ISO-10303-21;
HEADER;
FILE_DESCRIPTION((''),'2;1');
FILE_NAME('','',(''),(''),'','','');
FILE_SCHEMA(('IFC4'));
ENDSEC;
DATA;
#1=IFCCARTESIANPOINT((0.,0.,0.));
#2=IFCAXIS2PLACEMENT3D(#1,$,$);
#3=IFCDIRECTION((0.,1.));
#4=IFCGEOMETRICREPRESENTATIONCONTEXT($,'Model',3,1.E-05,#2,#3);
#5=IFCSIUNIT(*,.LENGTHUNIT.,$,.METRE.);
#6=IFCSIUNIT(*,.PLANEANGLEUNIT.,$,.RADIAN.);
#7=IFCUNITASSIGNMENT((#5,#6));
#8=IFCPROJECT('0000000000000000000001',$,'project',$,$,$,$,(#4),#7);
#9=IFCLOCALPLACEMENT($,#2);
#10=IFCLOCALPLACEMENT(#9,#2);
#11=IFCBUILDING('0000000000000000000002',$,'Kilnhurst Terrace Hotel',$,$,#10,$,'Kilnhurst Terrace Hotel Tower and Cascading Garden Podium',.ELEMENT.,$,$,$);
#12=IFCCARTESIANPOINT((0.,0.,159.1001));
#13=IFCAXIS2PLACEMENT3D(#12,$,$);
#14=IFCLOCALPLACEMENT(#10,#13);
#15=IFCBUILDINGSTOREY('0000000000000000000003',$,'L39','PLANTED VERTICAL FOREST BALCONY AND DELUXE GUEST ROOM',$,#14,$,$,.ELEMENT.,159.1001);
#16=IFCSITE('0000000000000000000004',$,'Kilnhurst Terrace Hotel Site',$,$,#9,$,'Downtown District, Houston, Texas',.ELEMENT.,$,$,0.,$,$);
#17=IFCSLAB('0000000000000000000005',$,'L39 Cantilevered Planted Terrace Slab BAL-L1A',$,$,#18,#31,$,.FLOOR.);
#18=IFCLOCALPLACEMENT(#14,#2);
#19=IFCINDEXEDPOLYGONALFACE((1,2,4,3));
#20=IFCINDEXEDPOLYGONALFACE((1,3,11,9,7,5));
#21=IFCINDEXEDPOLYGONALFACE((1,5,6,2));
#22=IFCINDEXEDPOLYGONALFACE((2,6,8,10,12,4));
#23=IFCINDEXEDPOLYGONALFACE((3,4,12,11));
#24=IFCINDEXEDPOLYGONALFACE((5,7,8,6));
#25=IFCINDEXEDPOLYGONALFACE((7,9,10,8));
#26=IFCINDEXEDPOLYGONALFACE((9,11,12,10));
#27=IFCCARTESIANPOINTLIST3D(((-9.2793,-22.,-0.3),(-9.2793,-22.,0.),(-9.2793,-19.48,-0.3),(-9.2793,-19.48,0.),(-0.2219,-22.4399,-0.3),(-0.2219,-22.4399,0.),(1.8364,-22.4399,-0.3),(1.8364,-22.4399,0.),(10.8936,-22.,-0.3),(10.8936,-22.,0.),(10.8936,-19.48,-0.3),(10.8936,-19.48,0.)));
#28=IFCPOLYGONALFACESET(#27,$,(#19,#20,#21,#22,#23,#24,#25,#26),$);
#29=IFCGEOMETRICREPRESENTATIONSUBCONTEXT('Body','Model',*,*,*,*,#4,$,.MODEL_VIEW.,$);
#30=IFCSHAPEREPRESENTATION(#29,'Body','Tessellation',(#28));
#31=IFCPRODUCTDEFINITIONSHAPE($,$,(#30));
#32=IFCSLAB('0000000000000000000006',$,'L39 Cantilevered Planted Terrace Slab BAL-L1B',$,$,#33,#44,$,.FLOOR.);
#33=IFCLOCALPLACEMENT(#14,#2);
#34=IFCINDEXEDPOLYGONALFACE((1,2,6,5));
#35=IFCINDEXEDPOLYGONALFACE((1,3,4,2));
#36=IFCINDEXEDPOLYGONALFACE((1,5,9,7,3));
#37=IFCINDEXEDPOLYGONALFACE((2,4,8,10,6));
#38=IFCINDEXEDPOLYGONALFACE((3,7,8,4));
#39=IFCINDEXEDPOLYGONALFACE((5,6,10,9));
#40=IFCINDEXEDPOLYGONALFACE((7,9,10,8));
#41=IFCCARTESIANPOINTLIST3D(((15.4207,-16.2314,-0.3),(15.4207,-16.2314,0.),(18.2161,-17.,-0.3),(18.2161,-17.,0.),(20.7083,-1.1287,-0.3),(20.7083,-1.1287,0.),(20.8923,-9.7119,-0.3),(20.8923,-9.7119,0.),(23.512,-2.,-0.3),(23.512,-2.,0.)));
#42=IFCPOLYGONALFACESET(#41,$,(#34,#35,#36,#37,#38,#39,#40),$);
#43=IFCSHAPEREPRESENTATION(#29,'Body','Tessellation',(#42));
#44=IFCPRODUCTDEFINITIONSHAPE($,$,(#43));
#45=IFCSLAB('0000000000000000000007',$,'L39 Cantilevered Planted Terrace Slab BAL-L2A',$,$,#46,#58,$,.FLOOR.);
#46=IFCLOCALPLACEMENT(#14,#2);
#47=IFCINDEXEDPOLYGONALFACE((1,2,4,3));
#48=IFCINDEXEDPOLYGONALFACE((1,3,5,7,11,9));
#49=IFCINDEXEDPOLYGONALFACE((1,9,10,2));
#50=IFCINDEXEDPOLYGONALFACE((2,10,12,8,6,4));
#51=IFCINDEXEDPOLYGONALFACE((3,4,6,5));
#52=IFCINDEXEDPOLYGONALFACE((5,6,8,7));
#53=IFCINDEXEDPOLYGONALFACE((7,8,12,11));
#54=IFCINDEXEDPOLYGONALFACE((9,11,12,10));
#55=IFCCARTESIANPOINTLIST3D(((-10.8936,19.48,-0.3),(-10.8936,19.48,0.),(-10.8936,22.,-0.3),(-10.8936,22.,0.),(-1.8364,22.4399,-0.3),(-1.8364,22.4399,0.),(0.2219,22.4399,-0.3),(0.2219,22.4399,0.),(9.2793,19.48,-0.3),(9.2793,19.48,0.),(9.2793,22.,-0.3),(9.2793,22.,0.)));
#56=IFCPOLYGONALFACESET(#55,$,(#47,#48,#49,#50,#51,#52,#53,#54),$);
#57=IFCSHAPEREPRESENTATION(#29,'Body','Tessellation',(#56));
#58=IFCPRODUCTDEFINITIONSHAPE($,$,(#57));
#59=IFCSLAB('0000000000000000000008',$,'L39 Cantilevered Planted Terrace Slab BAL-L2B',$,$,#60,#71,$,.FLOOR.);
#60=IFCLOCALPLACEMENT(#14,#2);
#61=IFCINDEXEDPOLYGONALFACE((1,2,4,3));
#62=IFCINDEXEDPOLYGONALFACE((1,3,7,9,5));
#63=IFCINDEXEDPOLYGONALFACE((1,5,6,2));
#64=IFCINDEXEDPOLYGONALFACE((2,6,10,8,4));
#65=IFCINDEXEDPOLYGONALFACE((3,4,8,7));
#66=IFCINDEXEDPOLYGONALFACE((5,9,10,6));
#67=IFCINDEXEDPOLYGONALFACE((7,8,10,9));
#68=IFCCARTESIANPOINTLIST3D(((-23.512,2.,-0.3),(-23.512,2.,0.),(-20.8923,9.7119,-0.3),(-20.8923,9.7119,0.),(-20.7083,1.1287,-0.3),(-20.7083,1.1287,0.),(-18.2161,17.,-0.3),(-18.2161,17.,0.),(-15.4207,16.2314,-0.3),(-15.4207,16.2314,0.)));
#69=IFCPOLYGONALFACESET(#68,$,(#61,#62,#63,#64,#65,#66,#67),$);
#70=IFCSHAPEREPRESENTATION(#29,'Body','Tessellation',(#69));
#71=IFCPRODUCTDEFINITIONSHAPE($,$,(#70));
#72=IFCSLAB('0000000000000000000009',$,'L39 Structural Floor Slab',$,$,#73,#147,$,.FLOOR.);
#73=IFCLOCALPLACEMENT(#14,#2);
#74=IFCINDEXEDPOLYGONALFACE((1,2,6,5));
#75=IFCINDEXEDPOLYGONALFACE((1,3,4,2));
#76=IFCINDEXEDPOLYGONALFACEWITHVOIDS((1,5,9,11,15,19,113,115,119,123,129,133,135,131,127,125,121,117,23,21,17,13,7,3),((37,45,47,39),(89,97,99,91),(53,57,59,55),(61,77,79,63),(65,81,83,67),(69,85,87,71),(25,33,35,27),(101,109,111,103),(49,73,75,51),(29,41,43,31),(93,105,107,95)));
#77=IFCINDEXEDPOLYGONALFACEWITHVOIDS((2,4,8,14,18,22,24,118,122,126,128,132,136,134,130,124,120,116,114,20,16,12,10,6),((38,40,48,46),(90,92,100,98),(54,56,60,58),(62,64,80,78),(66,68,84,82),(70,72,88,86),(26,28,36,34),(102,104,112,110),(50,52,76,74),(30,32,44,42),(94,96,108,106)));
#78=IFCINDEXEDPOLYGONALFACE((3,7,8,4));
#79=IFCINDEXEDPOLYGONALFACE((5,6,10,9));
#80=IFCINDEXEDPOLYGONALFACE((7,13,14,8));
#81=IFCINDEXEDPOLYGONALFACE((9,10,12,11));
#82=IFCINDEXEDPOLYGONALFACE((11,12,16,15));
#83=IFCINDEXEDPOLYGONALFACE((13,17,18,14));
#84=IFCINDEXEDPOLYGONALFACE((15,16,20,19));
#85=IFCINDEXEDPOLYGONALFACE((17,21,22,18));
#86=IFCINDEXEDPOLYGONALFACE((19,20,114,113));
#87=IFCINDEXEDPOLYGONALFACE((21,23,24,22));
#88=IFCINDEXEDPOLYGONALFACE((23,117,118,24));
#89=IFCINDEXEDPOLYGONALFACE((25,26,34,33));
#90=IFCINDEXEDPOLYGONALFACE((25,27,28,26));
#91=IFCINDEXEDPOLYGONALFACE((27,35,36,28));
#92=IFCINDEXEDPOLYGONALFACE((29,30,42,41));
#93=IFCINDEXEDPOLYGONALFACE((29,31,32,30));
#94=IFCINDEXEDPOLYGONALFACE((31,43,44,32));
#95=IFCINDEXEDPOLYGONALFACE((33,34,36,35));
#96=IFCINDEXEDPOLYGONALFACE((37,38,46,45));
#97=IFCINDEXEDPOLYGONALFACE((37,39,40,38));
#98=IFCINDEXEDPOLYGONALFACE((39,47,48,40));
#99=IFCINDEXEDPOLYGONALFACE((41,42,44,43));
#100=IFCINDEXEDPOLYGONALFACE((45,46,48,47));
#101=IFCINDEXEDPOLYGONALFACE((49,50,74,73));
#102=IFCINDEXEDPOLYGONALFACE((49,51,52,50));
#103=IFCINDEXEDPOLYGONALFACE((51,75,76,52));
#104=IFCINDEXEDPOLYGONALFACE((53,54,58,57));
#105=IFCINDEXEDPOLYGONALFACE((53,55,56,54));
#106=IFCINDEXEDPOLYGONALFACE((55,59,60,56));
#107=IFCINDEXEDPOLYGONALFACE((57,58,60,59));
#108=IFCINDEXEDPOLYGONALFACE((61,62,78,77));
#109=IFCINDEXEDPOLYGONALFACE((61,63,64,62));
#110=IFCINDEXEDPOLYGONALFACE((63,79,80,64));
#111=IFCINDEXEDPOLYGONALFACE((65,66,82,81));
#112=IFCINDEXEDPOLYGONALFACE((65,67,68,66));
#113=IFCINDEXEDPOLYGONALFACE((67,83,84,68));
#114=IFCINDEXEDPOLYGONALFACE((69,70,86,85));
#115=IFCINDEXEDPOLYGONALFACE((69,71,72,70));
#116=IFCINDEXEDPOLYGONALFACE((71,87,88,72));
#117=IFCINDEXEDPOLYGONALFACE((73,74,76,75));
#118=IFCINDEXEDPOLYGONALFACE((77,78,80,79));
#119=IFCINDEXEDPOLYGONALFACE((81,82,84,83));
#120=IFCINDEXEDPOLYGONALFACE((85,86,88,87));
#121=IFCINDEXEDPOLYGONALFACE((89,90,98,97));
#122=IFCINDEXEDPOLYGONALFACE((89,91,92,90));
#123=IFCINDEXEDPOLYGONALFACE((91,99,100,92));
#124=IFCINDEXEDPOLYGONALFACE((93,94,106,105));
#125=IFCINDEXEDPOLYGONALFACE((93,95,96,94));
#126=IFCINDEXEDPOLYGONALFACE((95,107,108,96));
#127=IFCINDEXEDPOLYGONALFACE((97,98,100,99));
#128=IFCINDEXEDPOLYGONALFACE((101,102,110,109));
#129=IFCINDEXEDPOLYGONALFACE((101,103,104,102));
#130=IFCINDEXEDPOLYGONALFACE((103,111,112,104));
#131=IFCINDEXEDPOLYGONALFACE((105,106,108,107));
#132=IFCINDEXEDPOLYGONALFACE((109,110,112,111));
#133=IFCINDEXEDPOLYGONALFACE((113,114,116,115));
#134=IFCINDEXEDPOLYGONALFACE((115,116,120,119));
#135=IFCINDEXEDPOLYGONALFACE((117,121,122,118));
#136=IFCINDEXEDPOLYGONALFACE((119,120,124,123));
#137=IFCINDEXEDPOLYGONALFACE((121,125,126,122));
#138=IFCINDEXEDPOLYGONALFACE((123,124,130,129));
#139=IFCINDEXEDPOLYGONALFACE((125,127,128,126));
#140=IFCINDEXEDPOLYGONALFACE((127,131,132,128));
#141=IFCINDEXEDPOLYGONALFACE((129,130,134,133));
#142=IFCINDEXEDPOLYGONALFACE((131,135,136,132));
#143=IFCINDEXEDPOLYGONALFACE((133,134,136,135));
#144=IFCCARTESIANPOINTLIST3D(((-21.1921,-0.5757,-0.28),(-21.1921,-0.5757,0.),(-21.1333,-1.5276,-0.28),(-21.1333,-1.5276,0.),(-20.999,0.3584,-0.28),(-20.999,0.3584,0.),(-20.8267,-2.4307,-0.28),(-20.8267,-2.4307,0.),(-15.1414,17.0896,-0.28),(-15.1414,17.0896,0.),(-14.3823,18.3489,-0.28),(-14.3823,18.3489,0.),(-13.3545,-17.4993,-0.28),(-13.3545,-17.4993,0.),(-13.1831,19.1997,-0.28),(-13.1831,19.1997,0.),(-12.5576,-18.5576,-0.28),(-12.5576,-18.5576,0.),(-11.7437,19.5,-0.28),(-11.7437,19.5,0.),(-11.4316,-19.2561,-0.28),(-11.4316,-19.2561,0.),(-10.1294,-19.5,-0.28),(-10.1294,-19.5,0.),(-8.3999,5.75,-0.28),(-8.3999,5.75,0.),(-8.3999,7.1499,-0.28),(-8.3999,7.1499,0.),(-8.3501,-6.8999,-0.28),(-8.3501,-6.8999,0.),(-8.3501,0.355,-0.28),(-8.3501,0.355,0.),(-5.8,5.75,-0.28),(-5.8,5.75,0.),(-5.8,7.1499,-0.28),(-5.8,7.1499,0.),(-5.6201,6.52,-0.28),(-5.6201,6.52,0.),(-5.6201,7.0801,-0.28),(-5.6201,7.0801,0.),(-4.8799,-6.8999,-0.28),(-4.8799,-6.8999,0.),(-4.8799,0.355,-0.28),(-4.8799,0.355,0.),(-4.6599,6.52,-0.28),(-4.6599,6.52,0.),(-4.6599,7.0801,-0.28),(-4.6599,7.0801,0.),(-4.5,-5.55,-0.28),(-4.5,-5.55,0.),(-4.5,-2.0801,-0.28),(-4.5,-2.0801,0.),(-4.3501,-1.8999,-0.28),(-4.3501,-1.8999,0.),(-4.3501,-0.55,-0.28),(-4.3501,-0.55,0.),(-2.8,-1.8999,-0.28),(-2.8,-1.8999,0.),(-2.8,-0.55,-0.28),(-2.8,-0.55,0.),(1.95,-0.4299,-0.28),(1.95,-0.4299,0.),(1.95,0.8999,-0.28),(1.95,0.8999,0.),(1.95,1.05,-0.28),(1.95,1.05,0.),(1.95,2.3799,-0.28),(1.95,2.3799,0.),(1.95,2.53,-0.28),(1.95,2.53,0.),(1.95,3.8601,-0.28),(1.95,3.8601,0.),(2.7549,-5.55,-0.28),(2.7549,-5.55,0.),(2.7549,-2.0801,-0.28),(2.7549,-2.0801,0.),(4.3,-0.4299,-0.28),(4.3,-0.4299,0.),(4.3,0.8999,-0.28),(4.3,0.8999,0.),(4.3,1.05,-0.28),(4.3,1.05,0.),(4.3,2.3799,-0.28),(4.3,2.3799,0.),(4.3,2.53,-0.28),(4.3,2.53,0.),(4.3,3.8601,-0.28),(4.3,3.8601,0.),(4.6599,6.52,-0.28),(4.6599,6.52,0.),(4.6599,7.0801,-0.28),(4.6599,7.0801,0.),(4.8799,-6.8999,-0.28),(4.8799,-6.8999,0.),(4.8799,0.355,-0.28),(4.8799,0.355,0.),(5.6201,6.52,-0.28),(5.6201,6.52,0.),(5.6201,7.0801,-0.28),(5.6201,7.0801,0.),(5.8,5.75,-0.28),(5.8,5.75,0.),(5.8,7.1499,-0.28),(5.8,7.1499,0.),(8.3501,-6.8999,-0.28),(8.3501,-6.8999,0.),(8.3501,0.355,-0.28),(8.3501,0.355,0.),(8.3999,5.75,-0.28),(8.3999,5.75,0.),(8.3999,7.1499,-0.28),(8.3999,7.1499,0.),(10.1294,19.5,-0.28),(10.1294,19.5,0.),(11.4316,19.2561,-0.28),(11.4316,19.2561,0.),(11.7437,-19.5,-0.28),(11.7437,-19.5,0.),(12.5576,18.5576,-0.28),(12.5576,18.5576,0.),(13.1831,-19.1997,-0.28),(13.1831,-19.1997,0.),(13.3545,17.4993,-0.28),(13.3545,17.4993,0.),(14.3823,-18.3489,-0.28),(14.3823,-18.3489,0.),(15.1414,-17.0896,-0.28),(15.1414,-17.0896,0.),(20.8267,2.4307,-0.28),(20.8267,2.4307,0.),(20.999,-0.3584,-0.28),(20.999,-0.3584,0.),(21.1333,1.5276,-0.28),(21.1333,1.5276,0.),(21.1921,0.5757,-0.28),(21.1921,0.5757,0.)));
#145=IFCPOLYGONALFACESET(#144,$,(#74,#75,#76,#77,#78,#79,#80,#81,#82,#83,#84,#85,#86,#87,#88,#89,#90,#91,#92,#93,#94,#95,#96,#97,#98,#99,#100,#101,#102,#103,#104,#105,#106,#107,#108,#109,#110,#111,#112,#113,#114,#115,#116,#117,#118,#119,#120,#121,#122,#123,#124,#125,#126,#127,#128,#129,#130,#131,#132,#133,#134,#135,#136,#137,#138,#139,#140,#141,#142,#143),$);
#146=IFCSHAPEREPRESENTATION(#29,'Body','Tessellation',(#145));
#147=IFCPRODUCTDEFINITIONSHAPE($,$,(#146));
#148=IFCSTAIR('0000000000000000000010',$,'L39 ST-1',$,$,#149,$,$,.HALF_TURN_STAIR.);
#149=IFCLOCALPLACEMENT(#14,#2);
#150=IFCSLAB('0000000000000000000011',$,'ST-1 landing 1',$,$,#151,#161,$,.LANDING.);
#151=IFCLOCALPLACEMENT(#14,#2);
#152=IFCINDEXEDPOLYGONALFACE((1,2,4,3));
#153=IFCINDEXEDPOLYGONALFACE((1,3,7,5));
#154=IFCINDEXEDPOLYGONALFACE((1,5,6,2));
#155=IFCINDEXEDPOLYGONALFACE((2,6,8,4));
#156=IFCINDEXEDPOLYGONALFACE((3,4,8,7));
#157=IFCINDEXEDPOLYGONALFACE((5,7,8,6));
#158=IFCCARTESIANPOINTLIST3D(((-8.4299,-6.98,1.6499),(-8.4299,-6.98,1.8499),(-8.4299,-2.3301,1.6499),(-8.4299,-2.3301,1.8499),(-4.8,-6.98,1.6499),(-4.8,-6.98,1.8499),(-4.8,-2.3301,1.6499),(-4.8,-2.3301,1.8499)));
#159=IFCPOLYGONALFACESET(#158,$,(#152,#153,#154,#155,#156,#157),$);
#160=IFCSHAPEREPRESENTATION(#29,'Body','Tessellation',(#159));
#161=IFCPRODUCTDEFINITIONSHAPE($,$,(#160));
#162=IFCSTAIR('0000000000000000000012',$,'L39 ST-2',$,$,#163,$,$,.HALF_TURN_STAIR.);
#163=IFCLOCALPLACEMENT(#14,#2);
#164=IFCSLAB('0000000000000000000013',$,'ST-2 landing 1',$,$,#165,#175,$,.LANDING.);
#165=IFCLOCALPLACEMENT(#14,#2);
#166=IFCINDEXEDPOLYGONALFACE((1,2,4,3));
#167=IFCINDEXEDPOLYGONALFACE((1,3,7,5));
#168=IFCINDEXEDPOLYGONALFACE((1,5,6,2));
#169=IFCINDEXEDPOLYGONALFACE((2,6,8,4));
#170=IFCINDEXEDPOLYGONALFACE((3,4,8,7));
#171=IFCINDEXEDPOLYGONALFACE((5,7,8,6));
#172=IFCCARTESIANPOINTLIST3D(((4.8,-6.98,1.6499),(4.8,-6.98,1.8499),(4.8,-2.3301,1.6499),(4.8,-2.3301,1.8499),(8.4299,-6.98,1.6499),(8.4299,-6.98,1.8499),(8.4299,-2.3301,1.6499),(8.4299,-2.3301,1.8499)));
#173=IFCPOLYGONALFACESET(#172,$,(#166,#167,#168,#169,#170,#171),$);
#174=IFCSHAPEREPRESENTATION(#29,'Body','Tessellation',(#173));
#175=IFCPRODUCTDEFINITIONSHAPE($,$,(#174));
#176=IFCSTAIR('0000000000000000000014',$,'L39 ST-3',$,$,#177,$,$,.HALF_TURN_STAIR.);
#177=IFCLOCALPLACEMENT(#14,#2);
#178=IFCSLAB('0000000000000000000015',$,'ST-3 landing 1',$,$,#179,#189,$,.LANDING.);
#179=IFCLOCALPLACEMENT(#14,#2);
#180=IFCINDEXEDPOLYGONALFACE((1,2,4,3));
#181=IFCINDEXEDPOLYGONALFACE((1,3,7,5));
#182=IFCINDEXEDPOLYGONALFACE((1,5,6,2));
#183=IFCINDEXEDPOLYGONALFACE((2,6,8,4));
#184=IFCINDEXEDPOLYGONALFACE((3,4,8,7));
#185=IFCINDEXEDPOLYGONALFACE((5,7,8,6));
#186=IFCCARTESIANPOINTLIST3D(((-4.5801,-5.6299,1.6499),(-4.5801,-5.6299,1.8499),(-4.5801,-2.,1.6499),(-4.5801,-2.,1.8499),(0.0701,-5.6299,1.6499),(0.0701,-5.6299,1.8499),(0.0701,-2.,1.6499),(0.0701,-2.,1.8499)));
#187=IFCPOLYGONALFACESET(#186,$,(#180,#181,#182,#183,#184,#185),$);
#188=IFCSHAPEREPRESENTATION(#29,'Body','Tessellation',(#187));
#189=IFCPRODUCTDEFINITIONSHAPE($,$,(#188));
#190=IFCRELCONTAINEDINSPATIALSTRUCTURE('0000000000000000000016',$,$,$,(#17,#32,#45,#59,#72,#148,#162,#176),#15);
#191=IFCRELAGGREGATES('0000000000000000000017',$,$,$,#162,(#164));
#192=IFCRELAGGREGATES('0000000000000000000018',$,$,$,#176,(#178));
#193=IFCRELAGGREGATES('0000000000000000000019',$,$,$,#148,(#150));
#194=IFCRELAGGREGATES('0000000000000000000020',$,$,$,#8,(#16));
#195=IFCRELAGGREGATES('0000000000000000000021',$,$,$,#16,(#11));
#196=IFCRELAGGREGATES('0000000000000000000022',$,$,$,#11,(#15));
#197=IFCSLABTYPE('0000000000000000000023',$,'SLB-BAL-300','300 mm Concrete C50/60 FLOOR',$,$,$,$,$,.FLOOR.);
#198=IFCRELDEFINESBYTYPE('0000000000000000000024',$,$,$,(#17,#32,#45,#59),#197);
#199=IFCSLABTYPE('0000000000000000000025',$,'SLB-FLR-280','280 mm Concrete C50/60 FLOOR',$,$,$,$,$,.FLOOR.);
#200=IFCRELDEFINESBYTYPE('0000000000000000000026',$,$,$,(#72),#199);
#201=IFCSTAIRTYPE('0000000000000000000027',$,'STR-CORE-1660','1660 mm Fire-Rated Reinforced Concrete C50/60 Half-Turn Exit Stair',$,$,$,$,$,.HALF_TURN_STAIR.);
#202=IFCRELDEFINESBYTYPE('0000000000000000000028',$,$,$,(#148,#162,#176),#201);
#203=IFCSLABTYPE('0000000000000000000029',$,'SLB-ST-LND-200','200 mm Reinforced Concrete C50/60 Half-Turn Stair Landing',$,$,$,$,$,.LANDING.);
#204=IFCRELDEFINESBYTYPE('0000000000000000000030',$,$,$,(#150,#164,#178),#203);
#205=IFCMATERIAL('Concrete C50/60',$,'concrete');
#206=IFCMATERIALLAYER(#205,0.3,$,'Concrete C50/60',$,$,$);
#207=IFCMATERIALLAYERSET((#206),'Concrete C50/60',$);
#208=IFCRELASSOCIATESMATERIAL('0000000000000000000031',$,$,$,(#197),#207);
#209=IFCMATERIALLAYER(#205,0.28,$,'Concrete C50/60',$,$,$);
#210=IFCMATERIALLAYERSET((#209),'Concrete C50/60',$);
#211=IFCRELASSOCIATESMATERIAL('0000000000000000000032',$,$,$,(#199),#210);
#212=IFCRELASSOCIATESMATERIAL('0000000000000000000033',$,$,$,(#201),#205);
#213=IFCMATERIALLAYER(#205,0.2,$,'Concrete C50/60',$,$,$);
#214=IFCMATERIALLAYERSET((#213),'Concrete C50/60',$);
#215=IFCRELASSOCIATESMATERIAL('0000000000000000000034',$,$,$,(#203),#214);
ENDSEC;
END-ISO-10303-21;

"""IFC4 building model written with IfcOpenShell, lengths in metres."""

from ifc_helpers import new_model, si_unit, direction, frame, origin, place, context, subcontext, project, spatial, polyline, outline, extrude, material, layer, layer_set, type_object, element, aggregate, save


model = new_model("IFC4")

# Units and contexts
model_context = context("Model", 3, precision=1e-05, world=origin(), true_north=direction((0.0, 1.0)))
body_context = subcontext(model_context, "Body", "Model", "MODEL_VIEW")
ifc_project = project(units=[si_unit("LENGTHUNIT", "METRE"), si_unit("PLANEANGLEUNIT", "RADIAN")], contexts=[model_context])

# Site, building, storey
site_placement = place(None, origin())
site = spatial("IfcSite", under=ifc_project, at=site_placement, Name="Kilnhurst Terrace Hotel Site", LongName="Downtown District, Houston, Texas", CompositionType="ELEMENT", RefElevation=0.0)
building_placement = place(site_placement, origin())
building = spatial("IfcBuilding", under=site, at=building_placement, Name="Kilnhurst Terrace Hotel", LongName="Kilnhurst Terrace Hotel Tower and Cascading Garden Podium", CompositionType="ELEMENT")
storey_placement = place(building_placement, frame((0.0, 0.0, 159.1001)))
storey = spatial("IfcBuildingStorey", under=building, at=storey_placement, Name="L39", Description="PLANTED VERTICAL FOREST BALCONY AND DELUXE GUEST ROOM", CompositionType="ELEMENT", Elevation=159.1001)

# Slabs
ifc_material_1 = material(Name="Concrete C50/60", Category="concrete")
ifc_layer_1 = layer(ifc_material_1, 0.3, Name="Concrete C50/60")
ifc_layer_set_1 = layer_set([ifc_layer_1], Name="Concrete C50/60")
slab_type_1 = type_object("IfcSlabType", Name="SLB-BAL-300", Description="300 mm Concrete C50/60 FLOOR", PredefinedType="FLOOR", material=ifc_layer_set_1)
slab_1_placement = place(storey_placement, frame((0.0, 0.0, -0.3)))
element("IfcSlab", 1, at=slab_1_placement, inside=storey, type_object=slab_type_1, Name="L39 Cantilevered Planted Terrace Slab BAL-L1A", PredefinedType="FLOOR", context=body_context, shape_type="SweptSolid", body=[
    extrude(outline(polyline([(1.8364, -22.4399), (-0.2219, -22.4399), (-9.2793, -22.0), (-9.2793, -19.48), (10.8936, -19.48), (10.8936, -22.0), (1.8364, -22.4399)])), origin(), (0.0, 0.0, 1.0), 0.3),
])
slab_2_placement = place(storey_placement, frame((0.0, 0.0, -0.3)))
element("IfcSlab", 2, at=slab_2_placement, inside=storey, type_object=slab_type_1, Name="L39 Cantilevered Planted Terrace Slab BAL-L1B", PredefinedType="FLOOR", context=body_context, shape_type="SweptSolid", body=[
    extrude(outline(polyline([(18.2161, -17.0), (15.4207, -16.2314), (20.7083, -1.1287), (23.512, -2.0), (20.8923, -9.7119), (18.2161, -17.0)])), origin(), (0.0, 0.0, 1.0), 0.3),
])
slab_3_placement = place(storey_placement, frame((0.0, 0.0, -0.3)))
element("IfcSlab", 3, at=slab_3_placement, inside=storey, type_object=slab_type_1, Name="L39 Cantilevered Planted Terrace Slab BAL-L2A", PredefinedType="FLOOR", context=body_context, shape_type="SweptSolid", body=[
    extrude(outline(polyline([(0.2219, 22.4399), (9.2793, 22.0), (9.2793, 19.48), (-10.8936, 19.48), (-10.8936, 22.0), (-1.8364, 22.4399), (0.2219, 22.4399)])), origin(), (0.0, 0.0, 1.0), 0.3),
])
slab_4_placement = place(storey_placement, frame((0.0, 0.0, -0.3)))
element("IfcSlab", 4, at=slab_4_placement, inside=storey, type_object=slab_type_1, Name="L39 Cantilevered Planted Terrace Slab BAL-L2B", PredefinedType="FLOOR", context=body_context, shape_type="SweptSolid", body=[
    extrude(outline(polyline([(-18.2161, 17.0), (-15.4207, 16.2314), (-20.7083, 1.1287), (-23.512, 2.0), (-20.8923, 9.7119), (-18.2161, 17.0)])), origin(), (0.0, 0.0, 1.0), 0.3),
])
ifc_layer_2 = layer(ifc_material_1, 0.28, Name="Concrete C50/60")
ifc_layer_set_2 = layer_set([ifc_layer_2], Name="Concrete C50/60")
slab_type_2 = type_object("IfcSlabType", Name="SLB-FLR-280", Description="280 mm Concrete C50/60 FLOOR", PredefinedType="FLOOR", material=ifc_layer_set_2)
slab_5_placement = place(storey_placement, frame((0.0, 0.0, -0.28)))
element("IfcSlab", 5, at=slab_5_placement, inside=storey, type_object=slab_type_2, Name="L39 Structural Floor Slab", PredefinedType="FLOOR", context=body_context, shape_type="SweptSolid", body=[
    extrude(outline(polyline([(-13.3545, -17.4993), (-12.5576, -18.5576), (-11.4316, -19.2561), (-10.1294, -19.5), (11.7437, -19.5), (13.1831, -19.1997), (14.3823, -18.3489), (15.1414, -17.0896), (20.999, -0.3584), (21.1921, 0.5757), (21.1333, 1.5276), (20.8267, 2.4307), (13.3545, 17.4993), (12.5576, 18.5576), (11.4316, 19.2561), (10.1294, 19.5), (-11.7437, 19.5), (-13.1831, 19.1997), (-14.3823, 18.3489), (-15.1414, 17.0896), (-20.999, 0.3584), (-21.1921, -0.5757), (-21.1333, -1.5276), (-20.8267, -2.4307), (-13.3545, -17.4993)]), holes=[polyline([(2.7549, -2.0801), (2.7549, -5.55), (-4.5, -5.55), (-4.5, -2.0801), (2.7549, -2.0801)]), polyline([(-8.3501, 0.355), (-4.8799, 0.355), (-4.8799, -6.8999), (-8.3501, -6.8999), (-8.3501, 0.355)]), polyline([(-2.8, -1.8999), (-4.3501, -1.8999), (-4.3501, -0.55), (-2.8, -0.55), (-2.8, -1.8999)]), polyline([(1.95, -0.4299), (1.95, 0.8999), (4.3, 0.8999), (4.3, -0.4299), (1.95, -0.4299)]), polyline([(-8.3999, 5.75), (-8.3999, 7.1499), (-5.8, 7.1499), (-5.8, 5.75), (-8.3999, 5.75)]), polyline([(-4.6599, 6.52), (-5.6201, 6.52), (-5.6201, 7.0801), (-4.6599, 7.0801), (-4.6599, 6.52)]), polyline([(8.3501, 0.355), (8.3501, -6.8999), (4.8799, -6.8999), (4.8799, 0.355), (8.3501, 0.355)]), polyline([(1.95, 1.05), (1.95, 2.3799), (4.3, 2.3799), (4.3, 1.05), (1.95, 1.05)]), polyline([(4.3, 2.53), (1.95, 2.53), (1.95, 3.8601), (4.3, 3.8601), (4.3, 2.53)]), polyline([(5.8, 5.75), (5.8, 7.1499), (8.3999, 7.1499), (8.3999, 5.75), (5.8, 5.75)]), polyline([(4.6599, 6.52), (4.6599, 7.0801), (5.6201, 7.0801), (5.6201, 6.52), (4.6599, 6.52)])]), origin(), (0.0, 0.0, 1.0), 0.28),
])

# Stairs, slabs
stair_type = type_object("IfcStairType", Name="STR-CORE-1660", Description="1660 mm Fire-Rated Reinforced Concrete C50/60 Half-Turn Exit Stair", PredefinedType="HALF_TURN_STAIR", material=ifc_material_1)
stair_1_placement = place(storey_placement, origin())
stair_1 = element("IfcStair", 6, at=stair_1_placement, inside=storey, type_object=stair_type, Name="L39 ST-1", PredefinedType="HALF_TURN_STAIR")
ifc_layer_3 = layer(ifc_material_1, 0.2, Name="Concrete C50/60")
ifc_layer_set_3 = layer_set([ifc_layer_3], Name="Concrete C50/60")
slab_type_3 = type_object("IfcSlabType", Name="SLB-ST-LND-200", Description="200 mm Reinforced Concrete C50/60 Half-Turn Stair Landing", PredefinedType="LANDING", material=ifc_layer_set_3)
slab_6_placement = place(storey_placement, frame((0.0, 0.0, 1.6499)))
slab_6 = element("IfcSlab", 7, at=slab_6_placement, type_object=slab_type_3, Name="ST-1 landing 1", PredefinedType="LANDING", context=body_context, shape_type="SweptSolid", body=[
    extrude(outline(polyline([(-8.4299, -2.3301), (-4.8, -2.3301), (-4.8, -6.98), (-8.4299, -6.98), (-8.4299, -2.3301)])), origin(), (0.0, 0.0, 1.0), 0.2),
])
stair_2_placement = place(storey_placement, origin())
stair_2 = element("IfcStair", 8, at=stair_2_placement, inside=storey, type_object=stair_type, Name="L39 ST-2", PredefinedType="HALF_TURN_STAIR")
slab_7_placement = place(storey_placement, frame((0.0, 0.0, 1.6499)))
slab_7 = element("IfcSlab", 9, at=slab_7_placement, type_object=slab_type_3, Name="ST-2 landing 1", PredefinedType="LANDING", context=body_context, shape_type="SweptSolid", body=[
    extrude(outline(polyline([(4.8, -2.3301), (8.4299, -2.3301), (8.4299, -6.98), (4.8, -6.98), (4.8, -2.3301)])), origin(), (0.0, 0.0, 1.0), 0.2),
])
aggregate(stair_2, [slab_7])
stair_3_placement = place(storey_placement, origin())
stair_3 = element("IfcStair", 10, at=stair_3_placement, inside=storey, type_object=stair_type, Name="L39 ST-3", PredefinedType="HALF_TURN_STAIR")
slab_8_placement = place(storey_placement, frame((0.0, 0.0, 1.6499)))
slab_8 = element("IfcSlab", 11, at=slab_8_placement, type_object=slab_type_3, Name="ST-3 landing 1", PredefinedType="LANDING", context=body_context, shape_type="SweptSolid", body=[
    extrude(outline(polyline([(0.0701, -2.0), (0.0701, -5.6299), (-4.5801, -5.6299), (-4.5801, -2.0), (0.0701, -2.0)])), origin(), (0.0, 0.0, 1.0), 0.2),
])
aggregate(stair_3, [slab_8])

aggregate(stair_1, [slab_6])

save(model, "model.ifc")
